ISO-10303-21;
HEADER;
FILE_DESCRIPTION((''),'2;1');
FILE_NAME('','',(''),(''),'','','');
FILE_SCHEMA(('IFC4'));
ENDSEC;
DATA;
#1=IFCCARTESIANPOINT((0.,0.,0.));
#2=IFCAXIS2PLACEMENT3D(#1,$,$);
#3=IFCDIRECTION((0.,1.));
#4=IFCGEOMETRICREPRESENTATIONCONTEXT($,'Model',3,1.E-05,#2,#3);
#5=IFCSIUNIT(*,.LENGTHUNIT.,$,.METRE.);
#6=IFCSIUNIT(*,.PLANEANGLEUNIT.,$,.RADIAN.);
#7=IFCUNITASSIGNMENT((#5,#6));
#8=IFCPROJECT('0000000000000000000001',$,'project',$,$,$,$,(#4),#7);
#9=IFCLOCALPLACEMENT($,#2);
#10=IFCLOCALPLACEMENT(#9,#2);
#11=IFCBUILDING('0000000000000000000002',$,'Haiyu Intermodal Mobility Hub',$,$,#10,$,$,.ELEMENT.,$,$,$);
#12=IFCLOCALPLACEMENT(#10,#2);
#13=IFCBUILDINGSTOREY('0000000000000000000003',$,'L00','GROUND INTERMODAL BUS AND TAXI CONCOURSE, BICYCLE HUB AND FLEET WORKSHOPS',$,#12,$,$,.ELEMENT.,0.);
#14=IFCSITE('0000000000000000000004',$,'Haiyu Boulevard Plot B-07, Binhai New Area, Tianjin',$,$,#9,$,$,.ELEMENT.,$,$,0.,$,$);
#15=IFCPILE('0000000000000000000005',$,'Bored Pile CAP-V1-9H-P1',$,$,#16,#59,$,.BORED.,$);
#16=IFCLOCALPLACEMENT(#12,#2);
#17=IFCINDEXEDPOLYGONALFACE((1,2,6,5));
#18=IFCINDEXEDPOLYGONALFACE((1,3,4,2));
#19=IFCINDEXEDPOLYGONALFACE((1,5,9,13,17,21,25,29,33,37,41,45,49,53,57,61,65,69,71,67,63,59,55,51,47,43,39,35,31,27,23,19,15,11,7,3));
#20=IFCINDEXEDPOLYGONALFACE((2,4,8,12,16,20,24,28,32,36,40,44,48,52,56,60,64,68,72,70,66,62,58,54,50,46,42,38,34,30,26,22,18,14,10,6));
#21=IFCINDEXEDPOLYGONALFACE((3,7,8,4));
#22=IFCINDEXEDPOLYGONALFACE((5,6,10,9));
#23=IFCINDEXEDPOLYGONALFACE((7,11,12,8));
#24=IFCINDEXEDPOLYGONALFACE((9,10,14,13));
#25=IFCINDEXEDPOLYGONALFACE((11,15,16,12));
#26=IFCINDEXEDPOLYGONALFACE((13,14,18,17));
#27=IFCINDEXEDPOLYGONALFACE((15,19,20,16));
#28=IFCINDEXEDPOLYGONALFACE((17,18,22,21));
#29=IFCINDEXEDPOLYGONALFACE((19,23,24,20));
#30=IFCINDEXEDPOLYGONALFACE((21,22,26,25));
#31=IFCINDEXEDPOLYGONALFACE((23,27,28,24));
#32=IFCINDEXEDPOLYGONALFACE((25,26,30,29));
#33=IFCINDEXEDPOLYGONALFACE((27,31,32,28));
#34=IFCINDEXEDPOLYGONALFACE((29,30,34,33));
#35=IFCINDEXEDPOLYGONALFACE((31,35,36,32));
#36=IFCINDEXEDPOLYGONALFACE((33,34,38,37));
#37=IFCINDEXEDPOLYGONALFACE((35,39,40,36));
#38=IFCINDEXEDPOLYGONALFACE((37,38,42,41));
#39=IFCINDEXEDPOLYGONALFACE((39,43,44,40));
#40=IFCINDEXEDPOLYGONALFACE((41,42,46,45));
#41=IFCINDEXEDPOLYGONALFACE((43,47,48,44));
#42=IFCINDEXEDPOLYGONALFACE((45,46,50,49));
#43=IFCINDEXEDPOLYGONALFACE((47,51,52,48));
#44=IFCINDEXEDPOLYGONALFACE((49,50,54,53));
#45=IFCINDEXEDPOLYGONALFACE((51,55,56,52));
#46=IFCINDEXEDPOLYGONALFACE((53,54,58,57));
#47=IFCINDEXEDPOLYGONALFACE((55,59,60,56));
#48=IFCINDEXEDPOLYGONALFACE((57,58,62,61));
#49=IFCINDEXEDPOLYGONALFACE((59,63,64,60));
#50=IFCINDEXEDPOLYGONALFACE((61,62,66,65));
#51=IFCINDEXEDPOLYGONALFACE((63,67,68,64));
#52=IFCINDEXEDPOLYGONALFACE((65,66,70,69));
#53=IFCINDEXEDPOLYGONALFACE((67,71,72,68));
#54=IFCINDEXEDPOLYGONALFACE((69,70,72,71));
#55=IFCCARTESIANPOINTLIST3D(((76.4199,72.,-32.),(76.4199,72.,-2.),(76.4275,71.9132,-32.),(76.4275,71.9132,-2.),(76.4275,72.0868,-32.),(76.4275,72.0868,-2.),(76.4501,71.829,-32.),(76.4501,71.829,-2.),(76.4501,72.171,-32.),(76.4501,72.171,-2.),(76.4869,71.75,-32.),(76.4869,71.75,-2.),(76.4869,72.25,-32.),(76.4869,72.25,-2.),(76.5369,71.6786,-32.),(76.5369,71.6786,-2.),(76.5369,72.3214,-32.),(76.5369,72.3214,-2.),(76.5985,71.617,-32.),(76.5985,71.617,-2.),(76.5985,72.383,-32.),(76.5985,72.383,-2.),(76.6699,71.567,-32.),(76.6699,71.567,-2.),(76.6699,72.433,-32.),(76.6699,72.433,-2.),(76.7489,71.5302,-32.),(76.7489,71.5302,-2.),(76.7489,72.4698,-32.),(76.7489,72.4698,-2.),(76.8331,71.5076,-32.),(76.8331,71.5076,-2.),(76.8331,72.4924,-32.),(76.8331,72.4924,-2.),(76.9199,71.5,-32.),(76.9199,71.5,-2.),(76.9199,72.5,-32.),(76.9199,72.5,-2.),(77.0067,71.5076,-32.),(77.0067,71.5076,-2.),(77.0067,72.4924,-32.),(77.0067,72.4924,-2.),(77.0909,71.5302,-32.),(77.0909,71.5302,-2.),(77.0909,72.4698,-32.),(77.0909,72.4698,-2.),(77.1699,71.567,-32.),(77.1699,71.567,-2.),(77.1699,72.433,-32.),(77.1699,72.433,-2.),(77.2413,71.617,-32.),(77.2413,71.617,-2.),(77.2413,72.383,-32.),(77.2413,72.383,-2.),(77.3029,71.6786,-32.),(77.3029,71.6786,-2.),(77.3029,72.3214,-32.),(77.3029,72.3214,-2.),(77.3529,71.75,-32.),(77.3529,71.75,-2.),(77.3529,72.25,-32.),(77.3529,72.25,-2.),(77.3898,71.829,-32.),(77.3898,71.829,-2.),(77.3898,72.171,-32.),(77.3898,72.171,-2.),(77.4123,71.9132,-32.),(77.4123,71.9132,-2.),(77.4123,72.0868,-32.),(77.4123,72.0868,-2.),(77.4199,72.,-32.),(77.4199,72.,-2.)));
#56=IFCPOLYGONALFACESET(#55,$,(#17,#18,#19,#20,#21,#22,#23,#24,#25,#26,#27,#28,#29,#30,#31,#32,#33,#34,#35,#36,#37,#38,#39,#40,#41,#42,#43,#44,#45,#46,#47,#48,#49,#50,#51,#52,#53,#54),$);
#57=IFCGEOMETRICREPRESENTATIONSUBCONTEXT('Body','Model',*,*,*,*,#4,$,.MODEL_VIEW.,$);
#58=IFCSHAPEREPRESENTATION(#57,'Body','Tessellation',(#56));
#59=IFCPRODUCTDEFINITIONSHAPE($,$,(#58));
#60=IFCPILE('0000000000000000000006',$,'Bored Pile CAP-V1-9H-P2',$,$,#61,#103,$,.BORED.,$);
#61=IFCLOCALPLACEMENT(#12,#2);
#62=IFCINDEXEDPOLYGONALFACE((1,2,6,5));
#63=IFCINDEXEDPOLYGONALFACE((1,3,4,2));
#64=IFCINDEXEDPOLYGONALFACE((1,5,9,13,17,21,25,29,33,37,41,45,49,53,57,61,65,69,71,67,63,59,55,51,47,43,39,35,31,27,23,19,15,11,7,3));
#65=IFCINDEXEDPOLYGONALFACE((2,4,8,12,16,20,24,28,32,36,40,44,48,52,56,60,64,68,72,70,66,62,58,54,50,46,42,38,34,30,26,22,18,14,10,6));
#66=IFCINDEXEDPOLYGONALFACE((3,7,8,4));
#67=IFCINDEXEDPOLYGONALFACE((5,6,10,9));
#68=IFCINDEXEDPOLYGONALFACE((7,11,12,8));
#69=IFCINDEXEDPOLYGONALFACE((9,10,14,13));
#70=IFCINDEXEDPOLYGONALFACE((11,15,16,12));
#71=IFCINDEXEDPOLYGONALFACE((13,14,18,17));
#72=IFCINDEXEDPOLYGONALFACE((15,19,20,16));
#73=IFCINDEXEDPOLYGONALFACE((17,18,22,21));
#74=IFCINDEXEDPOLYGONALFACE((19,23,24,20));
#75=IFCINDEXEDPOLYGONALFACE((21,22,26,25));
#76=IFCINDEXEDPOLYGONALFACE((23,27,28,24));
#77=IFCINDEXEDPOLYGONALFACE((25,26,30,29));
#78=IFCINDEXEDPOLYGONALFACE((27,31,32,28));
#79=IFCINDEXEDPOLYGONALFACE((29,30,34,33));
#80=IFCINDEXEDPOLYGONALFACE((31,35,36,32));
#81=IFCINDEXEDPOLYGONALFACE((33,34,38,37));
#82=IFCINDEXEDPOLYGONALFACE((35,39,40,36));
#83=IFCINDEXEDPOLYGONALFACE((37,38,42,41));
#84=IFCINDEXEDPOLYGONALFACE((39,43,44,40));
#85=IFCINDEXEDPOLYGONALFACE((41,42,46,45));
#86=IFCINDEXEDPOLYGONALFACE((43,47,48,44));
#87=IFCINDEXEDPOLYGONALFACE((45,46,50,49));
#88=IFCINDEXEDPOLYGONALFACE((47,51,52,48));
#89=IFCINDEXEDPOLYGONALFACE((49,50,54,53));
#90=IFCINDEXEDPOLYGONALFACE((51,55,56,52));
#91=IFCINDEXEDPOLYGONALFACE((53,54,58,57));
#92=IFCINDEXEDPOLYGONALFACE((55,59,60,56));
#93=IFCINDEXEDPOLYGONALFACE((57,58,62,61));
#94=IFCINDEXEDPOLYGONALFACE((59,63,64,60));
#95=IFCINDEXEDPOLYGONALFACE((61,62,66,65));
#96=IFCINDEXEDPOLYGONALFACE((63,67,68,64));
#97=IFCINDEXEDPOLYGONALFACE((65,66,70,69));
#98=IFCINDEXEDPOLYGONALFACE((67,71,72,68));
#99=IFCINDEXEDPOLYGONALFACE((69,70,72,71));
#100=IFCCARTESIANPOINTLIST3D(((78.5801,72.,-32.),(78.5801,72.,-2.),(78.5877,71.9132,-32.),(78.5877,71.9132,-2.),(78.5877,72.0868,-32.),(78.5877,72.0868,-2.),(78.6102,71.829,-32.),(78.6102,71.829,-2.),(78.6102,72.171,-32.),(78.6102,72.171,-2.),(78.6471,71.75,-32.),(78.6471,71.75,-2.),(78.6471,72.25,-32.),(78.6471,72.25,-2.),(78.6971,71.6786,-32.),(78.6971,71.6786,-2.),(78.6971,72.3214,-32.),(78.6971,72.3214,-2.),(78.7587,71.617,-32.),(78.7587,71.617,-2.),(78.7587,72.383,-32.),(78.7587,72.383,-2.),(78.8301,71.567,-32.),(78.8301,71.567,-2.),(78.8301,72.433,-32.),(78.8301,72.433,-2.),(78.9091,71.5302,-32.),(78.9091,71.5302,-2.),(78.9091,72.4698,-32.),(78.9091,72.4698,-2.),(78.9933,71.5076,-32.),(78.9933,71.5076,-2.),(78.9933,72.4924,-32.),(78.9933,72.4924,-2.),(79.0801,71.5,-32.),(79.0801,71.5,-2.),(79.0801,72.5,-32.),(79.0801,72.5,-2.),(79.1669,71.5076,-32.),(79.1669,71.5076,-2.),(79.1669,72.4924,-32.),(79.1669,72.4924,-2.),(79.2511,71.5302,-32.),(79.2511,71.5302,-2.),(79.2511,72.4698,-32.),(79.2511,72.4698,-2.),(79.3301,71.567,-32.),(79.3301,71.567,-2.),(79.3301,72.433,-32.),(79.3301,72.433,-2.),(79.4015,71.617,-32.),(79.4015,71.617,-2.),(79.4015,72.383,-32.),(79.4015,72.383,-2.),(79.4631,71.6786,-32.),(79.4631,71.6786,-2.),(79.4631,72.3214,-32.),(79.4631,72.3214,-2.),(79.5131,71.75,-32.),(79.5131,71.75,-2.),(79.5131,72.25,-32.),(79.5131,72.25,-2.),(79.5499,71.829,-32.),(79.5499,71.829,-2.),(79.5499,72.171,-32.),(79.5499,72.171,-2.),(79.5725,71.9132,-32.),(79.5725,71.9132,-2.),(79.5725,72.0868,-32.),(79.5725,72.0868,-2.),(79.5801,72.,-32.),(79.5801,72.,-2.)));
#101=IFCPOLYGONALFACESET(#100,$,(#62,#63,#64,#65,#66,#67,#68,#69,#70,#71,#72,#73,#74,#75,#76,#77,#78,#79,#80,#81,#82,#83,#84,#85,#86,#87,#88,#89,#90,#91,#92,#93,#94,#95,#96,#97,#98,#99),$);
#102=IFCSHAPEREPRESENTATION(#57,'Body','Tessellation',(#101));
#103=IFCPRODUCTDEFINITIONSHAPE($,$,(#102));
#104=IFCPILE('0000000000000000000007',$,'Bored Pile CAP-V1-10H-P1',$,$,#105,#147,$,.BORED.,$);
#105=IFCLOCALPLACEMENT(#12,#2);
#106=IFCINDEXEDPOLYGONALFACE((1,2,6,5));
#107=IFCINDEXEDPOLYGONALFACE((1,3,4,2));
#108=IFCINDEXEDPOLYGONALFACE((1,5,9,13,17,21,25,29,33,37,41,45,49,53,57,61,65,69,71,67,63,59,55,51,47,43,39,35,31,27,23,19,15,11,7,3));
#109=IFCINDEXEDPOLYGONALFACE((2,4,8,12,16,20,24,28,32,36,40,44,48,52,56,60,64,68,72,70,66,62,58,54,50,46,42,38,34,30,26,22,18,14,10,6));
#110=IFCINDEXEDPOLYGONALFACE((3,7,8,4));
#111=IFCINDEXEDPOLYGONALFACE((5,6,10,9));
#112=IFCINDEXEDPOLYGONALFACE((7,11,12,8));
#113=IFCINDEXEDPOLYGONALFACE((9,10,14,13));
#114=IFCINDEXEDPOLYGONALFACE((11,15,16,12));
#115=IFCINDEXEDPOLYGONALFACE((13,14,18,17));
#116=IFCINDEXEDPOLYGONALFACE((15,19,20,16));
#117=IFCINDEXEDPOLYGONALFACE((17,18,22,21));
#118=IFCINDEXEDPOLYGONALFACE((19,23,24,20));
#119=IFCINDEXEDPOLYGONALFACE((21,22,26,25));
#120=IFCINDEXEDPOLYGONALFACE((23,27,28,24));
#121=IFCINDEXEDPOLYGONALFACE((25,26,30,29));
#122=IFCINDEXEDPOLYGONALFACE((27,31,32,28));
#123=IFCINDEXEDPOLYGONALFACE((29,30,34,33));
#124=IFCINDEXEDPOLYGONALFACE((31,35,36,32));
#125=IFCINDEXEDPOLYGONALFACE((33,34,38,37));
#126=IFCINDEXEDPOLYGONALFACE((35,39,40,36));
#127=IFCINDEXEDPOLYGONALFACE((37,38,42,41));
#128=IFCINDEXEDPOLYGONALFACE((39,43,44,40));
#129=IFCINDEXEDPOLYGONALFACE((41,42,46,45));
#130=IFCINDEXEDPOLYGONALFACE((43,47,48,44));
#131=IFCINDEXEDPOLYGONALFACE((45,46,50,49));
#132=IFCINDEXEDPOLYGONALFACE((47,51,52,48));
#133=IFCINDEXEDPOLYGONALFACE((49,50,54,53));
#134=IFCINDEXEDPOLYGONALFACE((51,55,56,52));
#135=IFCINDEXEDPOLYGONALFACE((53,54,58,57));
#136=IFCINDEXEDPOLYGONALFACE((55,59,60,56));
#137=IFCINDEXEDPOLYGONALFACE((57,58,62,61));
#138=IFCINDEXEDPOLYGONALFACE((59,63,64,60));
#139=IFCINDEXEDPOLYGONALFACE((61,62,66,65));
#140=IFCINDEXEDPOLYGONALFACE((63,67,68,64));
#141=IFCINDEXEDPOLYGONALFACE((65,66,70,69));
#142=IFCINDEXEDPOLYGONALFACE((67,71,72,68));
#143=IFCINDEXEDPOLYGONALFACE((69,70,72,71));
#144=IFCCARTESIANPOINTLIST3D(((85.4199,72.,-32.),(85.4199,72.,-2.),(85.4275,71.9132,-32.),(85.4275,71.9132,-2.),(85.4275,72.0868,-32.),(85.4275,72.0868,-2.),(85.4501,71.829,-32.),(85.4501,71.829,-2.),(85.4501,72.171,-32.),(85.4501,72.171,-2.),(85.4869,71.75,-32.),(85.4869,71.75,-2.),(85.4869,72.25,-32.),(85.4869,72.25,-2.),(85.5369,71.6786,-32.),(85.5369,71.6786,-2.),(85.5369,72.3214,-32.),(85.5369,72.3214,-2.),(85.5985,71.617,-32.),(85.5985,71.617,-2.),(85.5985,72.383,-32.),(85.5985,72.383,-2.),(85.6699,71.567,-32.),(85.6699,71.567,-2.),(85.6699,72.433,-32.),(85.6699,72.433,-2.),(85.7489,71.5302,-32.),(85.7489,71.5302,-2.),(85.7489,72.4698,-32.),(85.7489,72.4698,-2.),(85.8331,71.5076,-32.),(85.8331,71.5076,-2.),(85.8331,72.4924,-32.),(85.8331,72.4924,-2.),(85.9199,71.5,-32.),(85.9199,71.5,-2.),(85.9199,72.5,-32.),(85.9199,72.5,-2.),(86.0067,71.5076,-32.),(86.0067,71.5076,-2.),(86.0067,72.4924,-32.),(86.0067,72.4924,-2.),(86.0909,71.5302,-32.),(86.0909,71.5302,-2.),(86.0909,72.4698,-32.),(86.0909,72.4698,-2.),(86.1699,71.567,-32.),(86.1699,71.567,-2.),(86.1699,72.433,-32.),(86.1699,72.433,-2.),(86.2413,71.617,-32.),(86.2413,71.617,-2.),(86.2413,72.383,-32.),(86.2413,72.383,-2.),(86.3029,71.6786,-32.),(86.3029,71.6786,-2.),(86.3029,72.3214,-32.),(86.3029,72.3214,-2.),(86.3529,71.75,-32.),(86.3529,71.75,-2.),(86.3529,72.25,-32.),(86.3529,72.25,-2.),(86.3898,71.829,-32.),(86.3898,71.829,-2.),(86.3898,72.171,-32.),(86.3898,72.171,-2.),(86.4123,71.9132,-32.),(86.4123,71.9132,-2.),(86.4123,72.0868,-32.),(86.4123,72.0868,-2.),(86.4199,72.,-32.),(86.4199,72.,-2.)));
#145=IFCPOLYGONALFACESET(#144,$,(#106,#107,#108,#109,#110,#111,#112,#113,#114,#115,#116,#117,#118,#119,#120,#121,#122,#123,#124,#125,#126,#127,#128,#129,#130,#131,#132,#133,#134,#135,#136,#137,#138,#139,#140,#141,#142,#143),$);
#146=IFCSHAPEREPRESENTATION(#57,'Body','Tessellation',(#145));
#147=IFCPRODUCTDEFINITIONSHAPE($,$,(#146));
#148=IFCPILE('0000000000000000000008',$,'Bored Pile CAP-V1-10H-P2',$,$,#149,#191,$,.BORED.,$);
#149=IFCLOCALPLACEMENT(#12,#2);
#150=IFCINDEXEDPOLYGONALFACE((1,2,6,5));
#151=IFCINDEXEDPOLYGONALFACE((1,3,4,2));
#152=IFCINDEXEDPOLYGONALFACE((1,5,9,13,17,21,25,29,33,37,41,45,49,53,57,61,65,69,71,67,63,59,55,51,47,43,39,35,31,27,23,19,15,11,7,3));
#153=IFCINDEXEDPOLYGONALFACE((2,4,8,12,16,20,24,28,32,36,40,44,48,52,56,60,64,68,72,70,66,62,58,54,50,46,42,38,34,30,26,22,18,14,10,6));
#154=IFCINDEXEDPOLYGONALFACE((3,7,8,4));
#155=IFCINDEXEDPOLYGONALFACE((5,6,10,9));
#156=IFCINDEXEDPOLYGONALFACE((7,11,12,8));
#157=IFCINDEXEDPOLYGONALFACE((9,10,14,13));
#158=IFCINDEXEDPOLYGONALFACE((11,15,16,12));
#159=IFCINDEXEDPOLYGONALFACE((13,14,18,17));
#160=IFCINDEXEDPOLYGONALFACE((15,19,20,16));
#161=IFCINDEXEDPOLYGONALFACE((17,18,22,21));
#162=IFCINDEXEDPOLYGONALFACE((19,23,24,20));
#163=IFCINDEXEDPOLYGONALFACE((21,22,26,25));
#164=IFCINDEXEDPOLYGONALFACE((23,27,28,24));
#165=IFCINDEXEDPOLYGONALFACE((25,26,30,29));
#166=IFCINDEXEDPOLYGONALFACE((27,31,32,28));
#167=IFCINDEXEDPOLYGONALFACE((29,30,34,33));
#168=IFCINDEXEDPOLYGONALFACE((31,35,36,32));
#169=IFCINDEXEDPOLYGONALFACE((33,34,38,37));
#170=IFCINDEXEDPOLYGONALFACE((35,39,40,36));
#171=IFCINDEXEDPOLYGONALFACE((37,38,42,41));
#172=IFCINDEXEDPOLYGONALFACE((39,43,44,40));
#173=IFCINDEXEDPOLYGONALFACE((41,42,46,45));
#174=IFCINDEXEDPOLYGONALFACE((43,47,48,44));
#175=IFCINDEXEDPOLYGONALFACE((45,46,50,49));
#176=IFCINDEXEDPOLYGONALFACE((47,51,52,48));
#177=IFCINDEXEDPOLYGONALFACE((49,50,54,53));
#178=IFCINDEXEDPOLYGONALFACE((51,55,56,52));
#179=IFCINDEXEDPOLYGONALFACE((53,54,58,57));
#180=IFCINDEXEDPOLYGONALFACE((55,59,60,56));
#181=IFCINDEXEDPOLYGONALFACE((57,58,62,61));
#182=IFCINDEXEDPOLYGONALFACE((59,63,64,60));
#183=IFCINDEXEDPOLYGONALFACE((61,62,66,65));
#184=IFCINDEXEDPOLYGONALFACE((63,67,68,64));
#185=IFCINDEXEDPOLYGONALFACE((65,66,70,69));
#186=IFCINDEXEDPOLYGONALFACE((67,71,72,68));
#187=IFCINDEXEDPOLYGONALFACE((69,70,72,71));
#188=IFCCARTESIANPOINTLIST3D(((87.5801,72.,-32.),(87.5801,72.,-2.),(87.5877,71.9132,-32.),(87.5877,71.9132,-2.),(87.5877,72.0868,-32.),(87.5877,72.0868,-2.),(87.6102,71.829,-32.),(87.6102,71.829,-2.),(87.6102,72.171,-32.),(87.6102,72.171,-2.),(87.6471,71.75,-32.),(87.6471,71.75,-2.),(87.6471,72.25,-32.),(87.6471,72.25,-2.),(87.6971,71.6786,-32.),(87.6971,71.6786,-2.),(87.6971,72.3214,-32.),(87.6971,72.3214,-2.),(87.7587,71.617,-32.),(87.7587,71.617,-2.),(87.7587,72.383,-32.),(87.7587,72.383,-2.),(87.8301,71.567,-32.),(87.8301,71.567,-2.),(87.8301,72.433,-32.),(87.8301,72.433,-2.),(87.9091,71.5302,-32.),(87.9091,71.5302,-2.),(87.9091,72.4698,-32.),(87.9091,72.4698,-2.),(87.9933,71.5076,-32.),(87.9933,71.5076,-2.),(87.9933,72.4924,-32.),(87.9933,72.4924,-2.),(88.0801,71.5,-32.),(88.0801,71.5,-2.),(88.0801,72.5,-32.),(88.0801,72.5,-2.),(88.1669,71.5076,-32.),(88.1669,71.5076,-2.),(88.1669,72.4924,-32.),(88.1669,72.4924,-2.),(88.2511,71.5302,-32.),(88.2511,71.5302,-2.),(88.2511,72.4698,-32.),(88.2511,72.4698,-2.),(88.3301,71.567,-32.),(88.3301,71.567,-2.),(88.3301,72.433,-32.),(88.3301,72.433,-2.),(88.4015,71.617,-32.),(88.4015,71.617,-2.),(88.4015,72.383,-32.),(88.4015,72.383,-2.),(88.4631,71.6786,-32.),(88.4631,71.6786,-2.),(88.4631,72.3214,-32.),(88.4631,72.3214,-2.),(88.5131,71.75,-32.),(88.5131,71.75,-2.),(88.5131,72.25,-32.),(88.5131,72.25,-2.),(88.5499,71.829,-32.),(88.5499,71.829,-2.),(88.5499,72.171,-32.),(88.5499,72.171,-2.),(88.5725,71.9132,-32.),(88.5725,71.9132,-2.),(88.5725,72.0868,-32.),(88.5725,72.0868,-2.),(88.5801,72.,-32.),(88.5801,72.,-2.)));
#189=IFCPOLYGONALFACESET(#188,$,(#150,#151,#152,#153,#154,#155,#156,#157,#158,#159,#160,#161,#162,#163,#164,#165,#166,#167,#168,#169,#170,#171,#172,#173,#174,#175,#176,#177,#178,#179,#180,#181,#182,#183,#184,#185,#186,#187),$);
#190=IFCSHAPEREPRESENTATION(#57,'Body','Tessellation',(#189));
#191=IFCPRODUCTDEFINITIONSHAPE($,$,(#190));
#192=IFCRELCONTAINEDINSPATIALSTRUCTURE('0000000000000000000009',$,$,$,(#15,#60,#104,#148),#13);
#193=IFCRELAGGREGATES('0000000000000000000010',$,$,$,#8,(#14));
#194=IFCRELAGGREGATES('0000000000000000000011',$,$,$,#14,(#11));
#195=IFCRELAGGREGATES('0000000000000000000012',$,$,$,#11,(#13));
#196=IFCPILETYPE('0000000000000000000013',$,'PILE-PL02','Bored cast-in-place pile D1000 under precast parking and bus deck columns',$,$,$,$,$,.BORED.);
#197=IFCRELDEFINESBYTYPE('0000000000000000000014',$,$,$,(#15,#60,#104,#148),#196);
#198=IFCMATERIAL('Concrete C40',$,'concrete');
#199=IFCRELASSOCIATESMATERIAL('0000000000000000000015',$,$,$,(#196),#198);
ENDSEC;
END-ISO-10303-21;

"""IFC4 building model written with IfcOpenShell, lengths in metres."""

from ifc_helpers import new_model, si_unit, direction, frame, origin, origin_2d, place, context, subcontext, project, spatial, circle, extrude, material, material_profile, profile_set, type_object, element, save


model = new_model("IFC4")

# Units and contexts
model_context = context("Model", 3, precision=1e-05, world=origin(), true_north=direction((0.0, 1.0)))
body_context = subcontext(model_context, "Body", "Model", "MODEL_VIEW")
ifc_project = project(units=[si_unit("LENGTHUNIT", "METRE"), si_unit("PLANEANGLEUNIT", "RADIAN")], contexts=[model_context])

# Site, building, storey
site_placement = place(None, origin())
site = spatial("IfcSite", under=ifc_project, at=site_placement, Name="Haiyu Boulevard Plot B-07, Binhai New Area, Tianjin", CompositionType="ELEMENT", RefElevation=0.0)
building_placement = place(site_placement, origin())
building = spatial("IfcBuilding", under=site, at=building_placement, Name="Haiyu Intermodal Mobility Hub", CompositionType="ELEMENT")
storey_placement = place(building_placement, origin())
storey = spatial("IfcBuildingStorey", under=building, at=storey_placement, Name="L00", Description="GROUND INTERMODAL BUS AND TAXI CONCOURSE, BICYCLE HUB AND FLEET WORKSHOPS", CompositionType="ELEMENT", Elevation=0.0)

# Shared definitions
ifc_material_1 = material(Name="Concrete C40", Category="concrete")

# Piles
ifc_material_profile_1 = material_profile(ifc_material_1, circle(Radius=0.5, at=origin_2d()), Name="PILE-D1000")
ifc_profile_set_1 = profile_set([ifc_material_profile_1], Name="Concrete C40")
pile_type_1 = type_object("IfcPileType", Name="PILE-PL02", Description="Bored cast-in-place pile D1000 under precast parking and bus deck columns", PredefinedType="BORED", material=ifc_profile_set_1)
for number, where, z_axis, x_axis, name in (
    (1, (76.9199, 72.0, -2.0), (0.0, 0.0, -1.0), (1.0, 0.0, 0.0), "Bored Pile CAP-V1-9H-P1"),
    (2, (79.0801, 72.0, -2.0), (0.0, 0.0, -1.0), (1.0, 0.0, 0.0), "Bored Pile CAP-V1-9H-P2"),
    (3, (85.9199, 72.0, -2.0), (0.0, 0.0, -1.0), (1.0, 0.0, 0.0), "Bored Pile CAP-V1-10H-P1"),
    (4, (88.0801, 72.0, -2.0), (0.0, 0.0, -1.0), (1.0, 0.0, 0.0), "Bored Pile CAP-V1-10H-P2"),
):
    element("IfcPile", number, at=place(storey_placement, frame(where, z_axis=z_axis, x_axis=x_axis)), inside=storey, type_object=pile_type_1, Name=name, PredefinedType="BORED", context=body_context, shape_type="SweptSolid", body=[
        extrude(circle(Radius=0.5, at=origin_2d()), origin(), (0.0, 0.0, 1.0), 30.0),
    ])

save(model, "model.ifc")
